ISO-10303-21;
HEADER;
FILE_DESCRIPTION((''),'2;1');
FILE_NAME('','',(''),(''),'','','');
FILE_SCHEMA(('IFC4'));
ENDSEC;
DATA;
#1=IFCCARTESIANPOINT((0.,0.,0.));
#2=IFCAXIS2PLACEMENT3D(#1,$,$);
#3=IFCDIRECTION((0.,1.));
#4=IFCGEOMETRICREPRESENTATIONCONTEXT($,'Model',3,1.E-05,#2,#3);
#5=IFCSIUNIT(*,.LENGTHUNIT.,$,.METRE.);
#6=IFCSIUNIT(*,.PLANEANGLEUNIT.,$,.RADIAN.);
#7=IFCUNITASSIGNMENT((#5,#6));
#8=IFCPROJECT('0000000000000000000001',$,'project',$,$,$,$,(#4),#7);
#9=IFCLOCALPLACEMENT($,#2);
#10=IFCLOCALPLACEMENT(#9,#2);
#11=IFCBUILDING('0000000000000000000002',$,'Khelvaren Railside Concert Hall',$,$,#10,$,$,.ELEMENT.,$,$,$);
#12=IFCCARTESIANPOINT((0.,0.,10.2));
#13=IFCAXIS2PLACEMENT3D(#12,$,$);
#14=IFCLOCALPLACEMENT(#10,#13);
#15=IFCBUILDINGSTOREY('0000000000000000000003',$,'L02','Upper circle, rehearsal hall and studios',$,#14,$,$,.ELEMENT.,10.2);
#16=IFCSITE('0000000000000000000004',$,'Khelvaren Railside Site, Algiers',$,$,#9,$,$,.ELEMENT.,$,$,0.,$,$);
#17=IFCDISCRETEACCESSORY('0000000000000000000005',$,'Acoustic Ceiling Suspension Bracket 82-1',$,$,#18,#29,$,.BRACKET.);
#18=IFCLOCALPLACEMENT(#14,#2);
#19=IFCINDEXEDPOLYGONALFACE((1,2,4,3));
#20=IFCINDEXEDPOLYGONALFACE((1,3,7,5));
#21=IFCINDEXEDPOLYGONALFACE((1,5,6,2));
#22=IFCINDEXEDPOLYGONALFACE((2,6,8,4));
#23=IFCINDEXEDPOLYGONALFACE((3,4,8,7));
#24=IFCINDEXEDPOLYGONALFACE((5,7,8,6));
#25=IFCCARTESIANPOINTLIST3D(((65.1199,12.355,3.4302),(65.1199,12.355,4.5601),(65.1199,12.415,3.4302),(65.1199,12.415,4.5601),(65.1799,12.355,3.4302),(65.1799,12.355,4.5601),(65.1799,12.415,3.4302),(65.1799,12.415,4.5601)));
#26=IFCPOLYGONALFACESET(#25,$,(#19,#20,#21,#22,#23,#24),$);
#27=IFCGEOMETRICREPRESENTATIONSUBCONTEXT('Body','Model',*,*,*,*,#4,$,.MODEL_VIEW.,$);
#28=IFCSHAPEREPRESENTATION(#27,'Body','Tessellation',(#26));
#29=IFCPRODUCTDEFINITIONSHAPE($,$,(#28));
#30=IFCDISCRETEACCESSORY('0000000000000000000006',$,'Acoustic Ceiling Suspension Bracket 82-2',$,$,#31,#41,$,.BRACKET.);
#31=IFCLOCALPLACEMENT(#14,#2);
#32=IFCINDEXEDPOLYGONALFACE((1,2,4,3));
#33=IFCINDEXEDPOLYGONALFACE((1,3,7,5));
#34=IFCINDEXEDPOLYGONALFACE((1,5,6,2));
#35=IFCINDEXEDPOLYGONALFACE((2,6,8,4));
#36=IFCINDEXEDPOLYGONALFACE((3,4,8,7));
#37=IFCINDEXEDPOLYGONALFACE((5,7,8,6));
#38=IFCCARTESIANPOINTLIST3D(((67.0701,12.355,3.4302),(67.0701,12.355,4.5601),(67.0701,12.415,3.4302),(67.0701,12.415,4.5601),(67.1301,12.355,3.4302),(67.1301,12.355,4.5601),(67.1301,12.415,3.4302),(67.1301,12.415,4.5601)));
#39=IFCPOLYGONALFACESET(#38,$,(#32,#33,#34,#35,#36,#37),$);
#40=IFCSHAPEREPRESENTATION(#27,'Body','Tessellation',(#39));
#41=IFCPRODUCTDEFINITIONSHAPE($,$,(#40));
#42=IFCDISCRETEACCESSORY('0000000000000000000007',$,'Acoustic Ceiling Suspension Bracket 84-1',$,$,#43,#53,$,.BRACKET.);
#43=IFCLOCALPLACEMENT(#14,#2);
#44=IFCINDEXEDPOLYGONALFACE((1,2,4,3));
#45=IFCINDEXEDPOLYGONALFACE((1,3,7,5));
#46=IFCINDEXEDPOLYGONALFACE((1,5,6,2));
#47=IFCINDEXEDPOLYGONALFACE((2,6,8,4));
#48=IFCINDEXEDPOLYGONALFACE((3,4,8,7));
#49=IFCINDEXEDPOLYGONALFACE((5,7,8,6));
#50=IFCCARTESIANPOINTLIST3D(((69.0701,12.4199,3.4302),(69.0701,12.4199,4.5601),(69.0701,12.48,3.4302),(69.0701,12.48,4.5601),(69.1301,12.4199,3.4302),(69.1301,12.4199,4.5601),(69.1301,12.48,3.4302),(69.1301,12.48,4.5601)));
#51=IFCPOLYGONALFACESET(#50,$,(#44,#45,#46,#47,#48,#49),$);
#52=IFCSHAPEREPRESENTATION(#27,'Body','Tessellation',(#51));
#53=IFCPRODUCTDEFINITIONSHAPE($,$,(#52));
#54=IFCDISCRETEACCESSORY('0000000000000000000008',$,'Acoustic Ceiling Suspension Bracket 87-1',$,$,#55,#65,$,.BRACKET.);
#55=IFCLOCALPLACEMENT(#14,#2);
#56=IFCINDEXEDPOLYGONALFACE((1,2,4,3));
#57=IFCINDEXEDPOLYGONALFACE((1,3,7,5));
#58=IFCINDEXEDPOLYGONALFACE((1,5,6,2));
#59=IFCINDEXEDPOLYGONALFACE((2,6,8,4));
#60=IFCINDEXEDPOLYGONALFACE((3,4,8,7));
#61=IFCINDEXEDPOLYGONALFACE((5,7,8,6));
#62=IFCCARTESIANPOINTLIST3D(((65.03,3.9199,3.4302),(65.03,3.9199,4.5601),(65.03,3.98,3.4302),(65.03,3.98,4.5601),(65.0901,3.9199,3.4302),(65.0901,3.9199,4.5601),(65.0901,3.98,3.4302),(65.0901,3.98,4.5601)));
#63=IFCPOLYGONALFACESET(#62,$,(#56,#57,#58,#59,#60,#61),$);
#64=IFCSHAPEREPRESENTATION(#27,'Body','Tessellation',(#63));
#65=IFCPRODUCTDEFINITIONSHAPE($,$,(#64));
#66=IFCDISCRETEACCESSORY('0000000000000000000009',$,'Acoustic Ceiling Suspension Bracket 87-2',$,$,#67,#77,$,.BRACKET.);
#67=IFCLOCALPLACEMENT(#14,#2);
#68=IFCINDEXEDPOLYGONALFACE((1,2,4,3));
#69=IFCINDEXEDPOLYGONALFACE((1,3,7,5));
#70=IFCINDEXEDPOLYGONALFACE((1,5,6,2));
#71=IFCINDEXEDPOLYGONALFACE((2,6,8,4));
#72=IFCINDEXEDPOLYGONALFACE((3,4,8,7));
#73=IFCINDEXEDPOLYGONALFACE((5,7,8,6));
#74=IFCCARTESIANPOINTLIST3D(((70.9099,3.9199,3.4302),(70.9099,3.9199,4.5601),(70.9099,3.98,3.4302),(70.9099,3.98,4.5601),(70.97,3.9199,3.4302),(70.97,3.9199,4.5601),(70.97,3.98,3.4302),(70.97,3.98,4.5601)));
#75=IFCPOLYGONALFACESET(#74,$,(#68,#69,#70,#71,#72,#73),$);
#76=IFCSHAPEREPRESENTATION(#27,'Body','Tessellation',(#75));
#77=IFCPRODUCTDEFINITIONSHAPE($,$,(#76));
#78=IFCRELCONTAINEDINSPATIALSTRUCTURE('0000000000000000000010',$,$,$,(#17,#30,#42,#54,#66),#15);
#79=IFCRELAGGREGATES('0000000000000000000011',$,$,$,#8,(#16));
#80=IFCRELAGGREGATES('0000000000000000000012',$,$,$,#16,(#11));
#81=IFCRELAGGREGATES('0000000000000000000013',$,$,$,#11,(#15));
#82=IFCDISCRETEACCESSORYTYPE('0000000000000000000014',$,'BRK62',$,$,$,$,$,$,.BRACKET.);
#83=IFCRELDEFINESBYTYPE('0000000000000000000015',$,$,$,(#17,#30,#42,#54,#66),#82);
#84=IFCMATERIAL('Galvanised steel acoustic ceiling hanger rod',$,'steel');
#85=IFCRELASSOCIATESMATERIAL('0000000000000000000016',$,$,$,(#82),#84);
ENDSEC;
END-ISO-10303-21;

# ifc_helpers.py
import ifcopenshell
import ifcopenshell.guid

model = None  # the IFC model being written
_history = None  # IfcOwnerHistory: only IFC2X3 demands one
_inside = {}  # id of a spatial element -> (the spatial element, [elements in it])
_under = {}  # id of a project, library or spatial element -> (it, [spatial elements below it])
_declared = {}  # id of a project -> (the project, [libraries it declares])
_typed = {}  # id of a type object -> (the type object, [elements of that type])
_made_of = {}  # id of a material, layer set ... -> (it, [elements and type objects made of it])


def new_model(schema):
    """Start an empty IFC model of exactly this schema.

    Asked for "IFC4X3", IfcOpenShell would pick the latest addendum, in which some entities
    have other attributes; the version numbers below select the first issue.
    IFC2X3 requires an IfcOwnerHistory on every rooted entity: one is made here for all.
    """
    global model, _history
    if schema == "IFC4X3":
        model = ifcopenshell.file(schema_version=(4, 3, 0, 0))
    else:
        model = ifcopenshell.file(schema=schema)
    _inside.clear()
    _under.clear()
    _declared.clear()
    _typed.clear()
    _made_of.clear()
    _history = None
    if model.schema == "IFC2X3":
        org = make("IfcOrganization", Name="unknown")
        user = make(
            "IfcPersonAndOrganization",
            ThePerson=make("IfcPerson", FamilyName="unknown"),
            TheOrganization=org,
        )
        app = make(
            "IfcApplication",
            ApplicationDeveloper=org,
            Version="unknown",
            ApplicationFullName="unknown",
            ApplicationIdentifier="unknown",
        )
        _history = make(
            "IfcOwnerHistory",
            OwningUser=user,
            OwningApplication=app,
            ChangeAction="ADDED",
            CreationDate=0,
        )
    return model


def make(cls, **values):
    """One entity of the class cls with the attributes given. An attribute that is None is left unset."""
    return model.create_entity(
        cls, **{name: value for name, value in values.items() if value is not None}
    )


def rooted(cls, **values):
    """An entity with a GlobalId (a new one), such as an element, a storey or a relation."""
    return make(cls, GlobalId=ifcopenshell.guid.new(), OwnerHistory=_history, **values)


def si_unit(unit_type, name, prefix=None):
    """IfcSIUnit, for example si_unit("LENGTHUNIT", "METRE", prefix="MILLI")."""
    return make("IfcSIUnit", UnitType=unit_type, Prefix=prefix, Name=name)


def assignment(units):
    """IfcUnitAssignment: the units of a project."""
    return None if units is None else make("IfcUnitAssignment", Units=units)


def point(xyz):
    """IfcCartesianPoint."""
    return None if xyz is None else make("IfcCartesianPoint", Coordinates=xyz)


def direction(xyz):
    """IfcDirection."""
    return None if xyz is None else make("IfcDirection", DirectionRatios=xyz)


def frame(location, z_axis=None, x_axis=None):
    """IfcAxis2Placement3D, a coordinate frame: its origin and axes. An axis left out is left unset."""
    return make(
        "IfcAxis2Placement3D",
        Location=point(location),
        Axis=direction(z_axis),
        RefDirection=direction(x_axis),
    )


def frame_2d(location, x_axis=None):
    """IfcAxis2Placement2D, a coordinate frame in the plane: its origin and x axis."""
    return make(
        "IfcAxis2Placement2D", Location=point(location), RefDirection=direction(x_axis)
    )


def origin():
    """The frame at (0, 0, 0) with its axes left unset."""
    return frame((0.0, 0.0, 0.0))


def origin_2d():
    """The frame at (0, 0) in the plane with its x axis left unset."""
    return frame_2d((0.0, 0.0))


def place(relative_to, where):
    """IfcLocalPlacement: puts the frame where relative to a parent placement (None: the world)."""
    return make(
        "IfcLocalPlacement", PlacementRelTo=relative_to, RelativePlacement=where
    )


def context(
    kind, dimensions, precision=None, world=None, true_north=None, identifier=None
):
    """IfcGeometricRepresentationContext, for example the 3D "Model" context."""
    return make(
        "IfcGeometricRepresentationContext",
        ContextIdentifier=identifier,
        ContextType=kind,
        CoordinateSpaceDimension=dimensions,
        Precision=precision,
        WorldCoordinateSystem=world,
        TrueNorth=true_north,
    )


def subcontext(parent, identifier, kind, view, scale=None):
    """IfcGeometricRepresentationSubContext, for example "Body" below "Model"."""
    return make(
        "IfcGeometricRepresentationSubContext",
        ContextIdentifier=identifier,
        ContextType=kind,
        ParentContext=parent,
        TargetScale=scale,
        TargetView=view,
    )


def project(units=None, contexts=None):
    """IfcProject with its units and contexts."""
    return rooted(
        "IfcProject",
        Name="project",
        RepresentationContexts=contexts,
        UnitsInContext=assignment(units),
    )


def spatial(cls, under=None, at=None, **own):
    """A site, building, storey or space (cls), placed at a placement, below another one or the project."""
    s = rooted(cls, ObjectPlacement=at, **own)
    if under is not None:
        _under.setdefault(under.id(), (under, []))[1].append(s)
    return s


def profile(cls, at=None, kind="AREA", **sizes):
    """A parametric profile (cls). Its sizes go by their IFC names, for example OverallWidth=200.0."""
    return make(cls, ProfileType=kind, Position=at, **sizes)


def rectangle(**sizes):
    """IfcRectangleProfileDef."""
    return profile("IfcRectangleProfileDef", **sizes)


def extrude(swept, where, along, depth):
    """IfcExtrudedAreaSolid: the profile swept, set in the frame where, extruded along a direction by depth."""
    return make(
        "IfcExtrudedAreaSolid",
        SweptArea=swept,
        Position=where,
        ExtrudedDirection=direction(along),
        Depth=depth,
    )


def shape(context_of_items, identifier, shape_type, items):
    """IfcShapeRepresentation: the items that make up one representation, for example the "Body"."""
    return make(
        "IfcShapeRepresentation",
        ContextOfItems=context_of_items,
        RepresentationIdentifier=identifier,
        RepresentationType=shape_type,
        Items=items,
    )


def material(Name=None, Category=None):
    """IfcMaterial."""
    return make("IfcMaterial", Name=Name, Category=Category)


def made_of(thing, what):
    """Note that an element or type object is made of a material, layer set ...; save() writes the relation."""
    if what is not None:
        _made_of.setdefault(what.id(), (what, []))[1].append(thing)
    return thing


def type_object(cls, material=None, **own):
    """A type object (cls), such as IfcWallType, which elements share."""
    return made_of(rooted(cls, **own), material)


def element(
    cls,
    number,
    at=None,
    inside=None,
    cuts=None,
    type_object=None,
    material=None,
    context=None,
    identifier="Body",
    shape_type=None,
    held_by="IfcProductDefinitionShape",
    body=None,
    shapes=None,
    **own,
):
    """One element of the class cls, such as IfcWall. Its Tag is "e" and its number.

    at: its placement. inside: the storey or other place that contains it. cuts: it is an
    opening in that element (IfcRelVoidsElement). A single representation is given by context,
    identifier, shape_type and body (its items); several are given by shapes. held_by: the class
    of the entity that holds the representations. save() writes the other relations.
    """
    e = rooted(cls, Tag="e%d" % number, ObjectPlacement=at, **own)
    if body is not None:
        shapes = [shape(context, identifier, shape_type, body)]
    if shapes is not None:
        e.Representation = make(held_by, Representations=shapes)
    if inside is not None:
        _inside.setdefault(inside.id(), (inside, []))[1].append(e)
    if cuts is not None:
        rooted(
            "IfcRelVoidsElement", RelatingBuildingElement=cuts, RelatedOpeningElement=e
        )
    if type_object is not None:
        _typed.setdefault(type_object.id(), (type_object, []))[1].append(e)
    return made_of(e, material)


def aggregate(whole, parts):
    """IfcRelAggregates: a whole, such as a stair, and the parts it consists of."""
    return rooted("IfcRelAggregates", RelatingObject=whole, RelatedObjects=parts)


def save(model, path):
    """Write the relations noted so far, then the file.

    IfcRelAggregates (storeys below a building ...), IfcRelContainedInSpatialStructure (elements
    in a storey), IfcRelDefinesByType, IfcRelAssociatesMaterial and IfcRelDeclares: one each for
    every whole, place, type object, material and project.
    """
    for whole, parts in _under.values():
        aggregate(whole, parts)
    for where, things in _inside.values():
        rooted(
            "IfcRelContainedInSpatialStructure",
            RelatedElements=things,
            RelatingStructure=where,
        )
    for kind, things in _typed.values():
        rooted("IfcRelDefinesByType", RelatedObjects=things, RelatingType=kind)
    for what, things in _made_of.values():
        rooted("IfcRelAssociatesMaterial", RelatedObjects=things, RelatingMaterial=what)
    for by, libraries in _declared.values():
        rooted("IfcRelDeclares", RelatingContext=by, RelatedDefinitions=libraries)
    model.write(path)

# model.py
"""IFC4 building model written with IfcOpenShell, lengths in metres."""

from ifc_helpers import new_model, si_unit, direction, frame, origin, origin_2d, place, context, subcontext, project, spatial, rectangle, extrude, material, type_object, element, save


model = new_model("IFC4")

# Units and contexts
model_context = context("Model", 3, precision=1e-05, world=origin(), true_north=direction((0.0, 1.0)))
body_context = subcontext(model_context, "Body", "Model", "MODEL_VIEW")
ifc_project = project(units=[si_unit("LENGTHUNIT", "METRE"), si_unit("PLANEANGLEUNIT", "RADIAN")], contexts=[model_context])

# Site, building, storey
site_placement = place(None, origin())
site = spatial("IfcSite", under=ifc_project, at=site_placement, Name="Khelvaren Railside Site, Algiers", CompositionType="ELEMENT", RefElevation=0.0)
building_placement = place(site_placement, origin())
building = spatial("IfcBuilding", under=site, at=building_placement, Name="Khelvaren Railside Concert Hall", CompositionType="ELEMENT")
storey_placement = place(building_placement, frame((0.0, 0.0, 10.2)))
storey = spatial("IfcBuildingStorey", under=building, at=storey_placement, Name="L02", Description="Upper circle, rehearsal hall and studios", CompositionType="ELEMENT", Elevation=10.2)

# Discrete accessories
ifc_material_1 = material(Name="Galvanised steel acoustic ceiling hanger rod", Category="steel")
discrete_accessory_type = type_object("IfcDiscreteAccessoryType", Name="BRK62", PredefinedType="BRACKET", material=ifc_material_1)
for number, where, z_axis, x_axis, name in (
    (1, (65.1499, 12.385, 3.4302), (0.0, 0.0, 1.0), (1.0, 0.0, 0.0), "Acoustic Ceiling Suspension Bracket 82-1"),
    (2, (67.1001, 12.385, 3.4302), (0.0, 0.0, 1.0), (1.0, 0.0, 0.0), "Acoustic Ceiling Suspension Bracket 82-2"),
    (3, (69.1001, 12.45, 3.4302), (0.0, 0.0, 1.0), (1.0, 0.0, 0.0), "Acoustic Ceiling Suspension Bracket 84-1"),
    (4, (65.0601, 3.95, 3.4302), (0.0, 0.0, 1.0), (1.0, 0.0, 0.0), "Acoustic Ceiling Suspension Bracket 87-1"),
    (5, (70.9399, 3.95, 3.4302), (0.0, 0.0, 1.0), (1.0, 0.0, 0.0), "Acoustic Ceiling Suspension Bracket 87-2"),
):
    element("IfcDiscreteAccessory", number, at=place(storey_placement, frame(where, z_axis=z_axis, x_axis=x_axis)), inside=storey, type_object=discrete_accessory_type, Name=name, PredefinedType="BRACKET", context=body_context, shape_type="SweptSolid", body=[
        extrude(rectangle(XDim=0.0601, YDim=0.0601, at=origin_2d()), origin(), (0.0, 0.0, 1.0), 1.1299),
    ])

save(model, "model.ifc")
